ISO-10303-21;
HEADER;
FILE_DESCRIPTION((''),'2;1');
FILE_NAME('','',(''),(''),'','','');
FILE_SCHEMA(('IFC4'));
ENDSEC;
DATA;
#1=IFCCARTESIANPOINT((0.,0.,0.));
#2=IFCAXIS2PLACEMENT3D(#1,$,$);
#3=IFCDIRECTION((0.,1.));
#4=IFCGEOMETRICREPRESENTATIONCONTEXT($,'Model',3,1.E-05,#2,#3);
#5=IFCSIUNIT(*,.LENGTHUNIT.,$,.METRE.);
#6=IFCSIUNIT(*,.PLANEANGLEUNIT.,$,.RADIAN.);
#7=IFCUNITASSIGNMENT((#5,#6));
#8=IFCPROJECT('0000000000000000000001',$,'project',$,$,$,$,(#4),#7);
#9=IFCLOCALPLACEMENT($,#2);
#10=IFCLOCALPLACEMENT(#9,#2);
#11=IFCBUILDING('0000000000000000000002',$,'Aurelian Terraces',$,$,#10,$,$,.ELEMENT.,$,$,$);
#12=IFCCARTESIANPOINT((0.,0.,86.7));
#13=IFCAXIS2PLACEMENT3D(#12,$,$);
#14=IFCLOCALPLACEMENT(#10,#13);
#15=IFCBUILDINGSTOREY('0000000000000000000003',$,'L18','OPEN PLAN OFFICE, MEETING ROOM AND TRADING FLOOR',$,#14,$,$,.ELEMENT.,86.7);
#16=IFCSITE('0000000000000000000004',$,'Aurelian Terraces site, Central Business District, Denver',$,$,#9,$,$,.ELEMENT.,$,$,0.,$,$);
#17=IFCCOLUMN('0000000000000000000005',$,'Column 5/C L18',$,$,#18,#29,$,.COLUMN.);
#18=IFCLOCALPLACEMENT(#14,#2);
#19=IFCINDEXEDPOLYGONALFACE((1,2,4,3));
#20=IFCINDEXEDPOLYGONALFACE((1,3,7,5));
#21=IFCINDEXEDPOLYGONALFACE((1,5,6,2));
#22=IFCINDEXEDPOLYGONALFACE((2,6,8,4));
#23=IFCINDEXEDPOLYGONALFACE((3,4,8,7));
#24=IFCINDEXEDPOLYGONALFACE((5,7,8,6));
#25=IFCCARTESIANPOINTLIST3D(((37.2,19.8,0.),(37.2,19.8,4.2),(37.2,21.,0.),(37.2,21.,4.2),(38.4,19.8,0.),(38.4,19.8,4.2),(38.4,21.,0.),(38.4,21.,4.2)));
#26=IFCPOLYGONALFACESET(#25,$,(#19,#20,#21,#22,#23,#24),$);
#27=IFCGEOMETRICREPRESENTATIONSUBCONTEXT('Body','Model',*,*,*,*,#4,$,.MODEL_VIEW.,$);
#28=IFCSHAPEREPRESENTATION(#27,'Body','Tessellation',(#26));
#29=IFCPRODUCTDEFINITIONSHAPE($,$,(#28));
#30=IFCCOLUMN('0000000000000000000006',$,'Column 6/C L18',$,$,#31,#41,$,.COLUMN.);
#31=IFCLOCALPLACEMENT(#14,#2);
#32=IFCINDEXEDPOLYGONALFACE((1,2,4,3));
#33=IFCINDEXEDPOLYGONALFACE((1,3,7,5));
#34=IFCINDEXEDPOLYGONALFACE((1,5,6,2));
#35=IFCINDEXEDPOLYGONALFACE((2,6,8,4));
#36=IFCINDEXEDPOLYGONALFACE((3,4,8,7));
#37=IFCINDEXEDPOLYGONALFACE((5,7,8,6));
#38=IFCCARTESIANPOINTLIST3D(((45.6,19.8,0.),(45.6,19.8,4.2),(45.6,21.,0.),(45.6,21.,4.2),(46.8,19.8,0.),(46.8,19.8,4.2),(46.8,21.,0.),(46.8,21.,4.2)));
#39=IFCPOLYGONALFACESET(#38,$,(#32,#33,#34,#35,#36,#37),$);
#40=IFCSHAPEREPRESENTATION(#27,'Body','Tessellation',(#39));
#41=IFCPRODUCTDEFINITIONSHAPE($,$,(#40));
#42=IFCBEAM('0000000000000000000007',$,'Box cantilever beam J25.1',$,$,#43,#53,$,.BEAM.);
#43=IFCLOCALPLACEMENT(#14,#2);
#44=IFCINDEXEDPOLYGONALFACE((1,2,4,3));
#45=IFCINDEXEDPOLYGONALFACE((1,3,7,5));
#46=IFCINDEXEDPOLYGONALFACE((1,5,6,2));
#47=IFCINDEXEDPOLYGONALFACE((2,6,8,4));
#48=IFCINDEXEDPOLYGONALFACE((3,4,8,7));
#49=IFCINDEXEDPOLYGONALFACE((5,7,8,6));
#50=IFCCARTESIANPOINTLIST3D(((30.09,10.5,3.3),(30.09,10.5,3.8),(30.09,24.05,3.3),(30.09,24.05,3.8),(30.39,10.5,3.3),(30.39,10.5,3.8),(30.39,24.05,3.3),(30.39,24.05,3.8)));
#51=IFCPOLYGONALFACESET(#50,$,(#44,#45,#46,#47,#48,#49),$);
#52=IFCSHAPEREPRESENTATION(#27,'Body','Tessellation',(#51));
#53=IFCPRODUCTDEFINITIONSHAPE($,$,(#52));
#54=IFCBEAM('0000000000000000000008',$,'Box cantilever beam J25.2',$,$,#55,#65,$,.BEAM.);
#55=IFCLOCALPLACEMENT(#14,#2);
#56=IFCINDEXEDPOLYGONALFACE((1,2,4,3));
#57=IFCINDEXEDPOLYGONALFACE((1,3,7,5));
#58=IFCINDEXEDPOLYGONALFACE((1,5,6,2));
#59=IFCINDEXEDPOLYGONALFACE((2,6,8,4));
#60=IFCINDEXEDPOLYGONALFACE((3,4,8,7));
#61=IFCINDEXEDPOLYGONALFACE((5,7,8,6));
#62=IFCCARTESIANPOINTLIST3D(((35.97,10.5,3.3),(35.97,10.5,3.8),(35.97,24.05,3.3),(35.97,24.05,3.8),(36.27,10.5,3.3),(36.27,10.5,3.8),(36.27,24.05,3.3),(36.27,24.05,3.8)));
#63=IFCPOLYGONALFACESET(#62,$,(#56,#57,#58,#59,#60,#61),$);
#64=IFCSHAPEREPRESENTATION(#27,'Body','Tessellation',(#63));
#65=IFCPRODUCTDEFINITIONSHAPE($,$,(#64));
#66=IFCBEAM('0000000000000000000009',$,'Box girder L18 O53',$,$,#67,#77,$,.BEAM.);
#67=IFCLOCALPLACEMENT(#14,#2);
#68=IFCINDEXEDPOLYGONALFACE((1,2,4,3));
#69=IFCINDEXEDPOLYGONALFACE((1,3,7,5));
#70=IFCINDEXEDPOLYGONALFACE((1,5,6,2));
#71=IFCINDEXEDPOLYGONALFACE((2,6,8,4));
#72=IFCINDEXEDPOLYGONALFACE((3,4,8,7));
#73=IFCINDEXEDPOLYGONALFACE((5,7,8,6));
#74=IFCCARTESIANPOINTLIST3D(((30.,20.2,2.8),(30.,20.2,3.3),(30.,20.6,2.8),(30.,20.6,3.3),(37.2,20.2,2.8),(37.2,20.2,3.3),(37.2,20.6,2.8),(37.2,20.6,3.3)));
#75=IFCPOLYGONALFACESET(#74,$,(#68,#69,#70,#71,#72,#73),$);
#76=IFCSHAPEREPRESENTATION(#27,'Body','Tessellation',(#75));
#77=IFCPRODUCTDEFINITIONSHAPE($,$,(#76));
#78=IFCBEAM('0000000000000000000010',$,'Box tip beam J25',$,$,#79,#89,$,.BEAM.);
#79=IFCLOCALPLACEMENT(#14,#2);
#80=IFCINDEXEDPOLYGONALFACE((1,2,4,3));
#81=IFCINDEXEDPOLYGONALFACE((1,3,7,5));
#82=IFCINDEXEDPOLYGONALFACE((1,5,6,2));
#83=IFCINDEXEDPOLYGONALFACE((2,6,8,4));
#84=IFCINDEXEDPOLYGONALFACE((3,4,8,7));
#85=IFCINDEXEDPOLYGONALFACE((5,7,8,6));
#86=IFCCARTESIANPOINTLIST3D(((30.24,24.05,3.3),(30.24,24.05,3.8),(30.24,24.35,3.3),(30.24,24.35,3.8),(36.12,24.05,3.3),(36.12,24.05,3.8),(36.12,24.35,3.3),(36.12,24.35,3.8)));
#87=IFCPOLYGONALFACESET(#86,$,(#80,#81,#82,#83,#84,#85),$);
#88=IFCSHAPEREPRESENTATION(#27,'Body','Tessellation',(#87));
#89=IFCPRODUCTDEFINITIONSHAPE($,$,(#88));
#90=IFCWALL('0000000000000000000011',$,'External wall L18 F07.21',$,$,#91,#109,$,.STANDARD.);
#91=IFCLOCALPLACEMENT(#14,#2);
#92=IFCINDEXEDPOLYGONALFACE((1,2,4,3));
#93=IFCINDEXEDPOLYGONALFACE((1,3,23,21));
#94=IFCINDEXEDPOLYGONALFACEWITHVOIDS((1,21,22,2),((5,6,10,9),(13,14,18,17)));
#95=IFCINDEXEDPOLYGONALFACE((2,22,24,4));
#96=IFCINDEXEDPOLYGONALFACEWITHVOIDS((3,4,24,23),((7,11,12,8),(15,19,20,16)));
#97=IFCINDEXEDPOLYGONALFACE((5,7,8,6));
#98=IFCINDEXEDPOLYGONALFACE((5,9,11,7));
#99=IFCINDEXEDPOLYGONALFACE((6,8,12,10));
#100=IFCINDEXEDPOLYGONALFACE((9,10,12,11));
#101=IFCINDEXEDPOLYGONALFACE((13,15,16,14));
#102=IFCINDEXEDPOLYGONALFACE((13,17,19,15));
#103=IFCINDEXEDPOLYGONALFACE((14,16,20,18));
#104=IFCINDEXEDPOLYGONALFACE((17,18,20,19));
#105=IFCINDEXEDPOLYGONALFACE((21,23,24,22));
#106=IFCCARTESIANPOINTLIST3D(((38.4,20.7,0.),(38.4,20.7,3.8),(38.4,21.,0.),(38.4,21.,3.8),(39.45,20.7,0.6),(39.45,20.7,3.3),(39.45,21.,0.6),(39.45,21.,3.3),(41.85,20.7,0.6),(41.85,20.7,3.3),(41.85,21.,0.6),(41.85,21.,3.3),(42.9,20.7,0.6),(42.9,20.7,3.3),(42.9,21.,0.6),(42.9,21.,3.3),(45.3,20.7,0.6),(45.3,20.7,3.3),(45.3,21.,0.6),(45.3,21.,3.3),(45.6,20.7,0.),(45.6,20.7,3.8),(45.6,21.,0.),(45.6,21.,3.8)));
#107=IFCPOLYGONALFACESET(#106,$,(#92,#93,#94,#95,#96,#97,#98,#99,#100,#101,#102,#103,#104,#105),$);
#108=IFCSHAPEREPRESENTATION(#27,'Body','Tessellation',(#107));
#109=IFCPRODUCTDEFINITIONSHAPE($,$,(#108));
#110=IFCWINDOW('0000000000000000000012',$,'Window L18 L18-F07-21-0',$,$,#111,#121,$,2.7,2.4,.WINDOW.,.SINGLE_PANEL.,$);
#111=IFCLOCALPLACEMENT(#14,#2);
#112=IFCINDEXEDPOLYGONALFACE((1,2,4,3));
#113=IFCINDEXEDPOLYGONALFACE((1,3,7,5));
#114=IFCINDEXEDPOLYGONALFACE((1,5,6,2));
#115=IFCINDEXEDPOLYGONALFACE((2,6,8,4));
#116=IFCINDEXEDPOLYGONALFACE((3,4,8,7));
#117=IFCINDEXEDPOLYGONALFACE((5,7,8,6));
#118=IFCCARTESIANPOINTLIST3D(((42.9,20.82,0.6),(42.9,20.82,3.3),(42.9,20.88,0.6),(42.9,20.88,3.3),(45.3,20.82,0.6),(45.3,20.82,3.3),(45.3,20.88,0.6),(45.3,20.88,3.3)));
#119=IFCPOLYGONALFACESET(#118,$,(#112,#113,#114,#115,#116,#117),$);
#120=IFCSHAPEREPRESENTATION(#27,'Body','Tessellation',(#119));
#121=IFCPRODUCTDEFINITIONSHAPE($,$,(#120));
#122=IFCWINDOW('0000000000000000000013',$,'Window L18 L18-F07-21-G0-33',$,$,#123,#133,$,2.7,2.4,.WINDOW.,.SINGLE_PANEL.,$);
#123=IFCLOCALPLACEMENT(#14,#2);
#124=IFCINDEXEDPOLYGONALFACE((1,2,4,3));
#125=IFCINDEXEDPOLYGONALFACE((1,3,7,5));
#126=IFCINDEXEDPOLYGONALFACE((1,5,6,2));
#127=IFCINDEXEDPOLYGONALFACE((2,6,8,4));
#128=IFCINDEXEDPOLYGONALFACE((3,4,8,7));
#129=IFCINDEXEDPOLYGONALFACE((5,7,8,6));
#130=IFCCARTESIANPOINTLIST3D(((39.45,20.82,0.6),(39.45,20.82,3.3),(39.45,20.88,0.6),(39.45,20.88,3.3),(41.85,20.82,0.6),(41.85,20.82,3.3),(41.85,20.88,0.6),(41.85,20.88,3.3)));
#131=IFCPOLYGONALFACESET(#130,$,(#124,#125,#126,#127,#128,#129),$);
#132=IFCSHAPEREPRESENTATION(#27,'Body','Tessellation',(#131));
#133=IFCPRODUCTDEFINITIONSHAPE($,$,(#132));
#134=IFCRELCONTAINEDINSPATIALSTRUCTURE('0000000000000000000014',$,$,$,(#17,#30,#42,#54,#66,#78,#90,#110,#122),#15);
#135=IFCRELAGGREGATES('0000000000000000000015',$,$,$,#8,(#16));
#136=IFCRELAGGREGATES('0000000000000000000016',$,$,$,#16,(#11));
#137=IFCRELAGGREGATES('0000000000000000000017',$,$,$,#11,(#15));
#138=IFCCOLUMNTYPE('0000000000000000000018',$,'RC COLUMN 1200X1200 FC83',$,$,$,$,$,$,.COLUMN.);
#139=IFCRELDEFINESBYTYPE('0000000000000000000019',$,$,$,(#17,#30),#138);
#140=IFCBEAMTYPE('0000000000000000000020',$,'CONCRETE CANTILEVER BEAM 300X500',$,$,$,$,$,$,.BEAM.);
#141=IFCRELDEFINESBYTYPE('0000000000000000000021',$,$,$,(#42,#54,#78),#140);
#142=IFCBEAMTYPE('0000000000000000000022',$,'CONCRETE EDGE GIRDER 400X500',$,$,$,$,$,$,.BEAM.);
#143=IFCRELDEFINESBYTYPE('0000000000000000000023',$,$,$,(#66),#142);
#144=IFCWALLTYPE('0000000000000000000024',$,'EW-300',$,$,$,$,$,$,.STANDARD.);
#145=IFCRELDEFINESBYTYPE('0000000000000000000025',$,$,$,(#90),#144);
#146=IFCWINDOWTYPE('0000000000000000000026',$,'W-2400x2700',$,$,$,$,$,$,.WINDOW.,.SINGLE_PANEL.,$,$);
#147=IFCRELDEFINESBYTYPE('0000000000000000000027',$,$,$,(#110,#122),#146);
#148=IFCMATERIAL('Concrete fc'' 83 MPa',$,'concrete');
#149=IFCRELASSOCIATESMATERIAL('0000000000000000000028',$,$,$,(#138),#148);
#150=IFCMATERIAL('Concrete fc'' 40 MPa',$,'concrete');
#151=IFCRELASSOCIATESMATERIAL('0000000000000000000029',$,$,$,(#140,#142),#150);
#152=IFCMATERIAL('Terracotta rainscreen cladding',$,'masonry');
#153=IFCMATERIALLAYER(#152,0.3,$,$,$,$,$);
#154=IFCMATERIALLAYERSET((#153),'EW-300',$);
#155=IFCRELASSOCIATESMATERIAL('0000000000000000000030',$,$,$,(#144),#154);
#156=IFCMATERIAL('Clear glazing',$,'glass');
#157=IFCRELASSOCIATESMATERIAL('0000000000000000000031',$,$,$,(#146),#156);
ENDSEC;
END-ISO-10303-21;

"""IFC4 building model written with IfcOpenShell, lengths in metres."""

from ifc_helpers import new_model, si_unit, direction, frame, frame_2d, origin, origin_2d, place, context, subcontext, project, spatial, rectangle, extrude, source, transform, mapped, material, layer, layer_set, material_profile, profile_set, type_object, element, fill, save


model = new_model("IFC4")

# Units and contexts
model_context = context("Model", 3, precision=1e-05, world=origin(), true_north=direction((0.0, 1.0)))
body_context = subcontext(model_context, "Body", "Model", "MODEL_VIEW")
ifc_project = project(units=[si_unit("LENGTHUNIT", "METRE"), si_unit("PLANEANGLEUNIT", "RADIAN")], contexts=[model_context])

# Site, building, storey
site_placement = place(None, origin())
site = spatial("IfcSite", under=ifc_project, at=site_placement, Name="Aurelian Terraces site, Central Business District, Denver", CompositionType="ELEMENT", RefElevation=0.0)
building_placement = place(site_placement, origin())
building = spatial("IfcBuilding", under=site, at=building_placement, Name="Aurelian Terraces", CompositionType="ELEMENT")
storey_placement = place(building_placement, frame((0.0, 0.0, 86.7)))
storey = spatial("IfcBuildingStorey", under=building, at=storey_placement, Name="L18", Description="OPEN PLAN OFFICE, MEETING ROOM AND TRADING FLOOR", CompositionType="ELEMENT", Elevation=86.7)

# Columns
ifc_material_1 = material(Name="Concrete fc' 83 MPa", Category="concrete")
ifc_material_profile_1 = material_profile(ifc_material_1, rectangle(XDim=1.2, YDim=1.2, at=origin_2d()))
ifc_profile_set_1 = profile_set([ifc_material_profile_1], Name="Concrete fc' 83 MPa")
column_type = type_object("IfcColumnType", Name="RC COLUMN 1200X1200 FC83", PredefinedType="COLUMN", material=ifc_profile_set_1)
shared_shape_1 = source(origin(), body_context, "Body", "SweptSolid", [
    extrude(rectangle(XDim=1.2, YDim=1.2, at=origin_2d()), origin(), (0.0, 0.0, 1.0), 4.2),
])
for number, where, z_axis, x_axis, name in (
    (1, (37.8, 20.4, 0.0), (0.0, 0.0, 1.0), (1.0, 0.0, 0.0), "Column 5/C L18"),
    (2, (46.2, 20.4, 0.0), (0.0, 0.0, 1.0), (1.0, 0.0, 0.0), "Column 6/C L18"),
):
    element("IfcColumn", number, at=place(storey_placement, frame(where, z_axis=z_axis, x_axis=x_axis)), inside=storey, type_object=column_type, Name=name, PredefinedType="COLUMN", context=body_context, shape_type="MappedRepresentation", body=[
        mapped(shared_shape_1, transform((0.0, 0.0, 0.0), scale=1.0)),
    ])

# Beams
ifc_material_2 = material(Name="Concrete fc' 40 MPa", Category="concrete")
ifc_material_profile_2 = material_profile(ifc_material_2, rectangle(XDim=0.3, YDim=0.5, at=origin_2d()))
ifc_profile_set_2 = profile_set([ifc_material_profile_2], Name="Concrete fc' 40 MPa")
beam_type_1 = type_object("IfcBeamType", Name="CONCRETE CANTILEVER BEAM 300X500", PredefinedType="BEAM", material=ifc_profile_set_2)
shared_shape_2 = source(origin(), body_context, "Body", "SweptSolid", [
    extrude(rectangle(XDim=0.3, YDim=0.5, at=origin_2d()), origin(), (0.0, 0.0, 1.0), 13.55),
])
for number, where, z_axis, x_axis, name in (
    (3, (30.24, 24.05, 3.55), (0.0, -1.0, 0.0), (1.0, 0.0, 0.0), "Box cantilever beam J25.1"),
    (4, (36.12, 24.05, 3.55), (0.0, -1.0, 0.0), (1.0, 0.0, 0.0), "Box cantilever beam J25.2"),
):
    element("IfcBeam", number, at=place(storey_placement, frame(where, z_axis=z_axis, x_axis=x_axis)), inside=storey, type_object=beam_type_1, Name=name, PredefinedType="BEAM", context=body_context, shape_type="MappedRepresentation", body=[
        mapped(shared_shape_2, transform((0.0, 0.0, 0.0), scale=1.0)),
    ])
ifc_material_profile_3 = material_profile(ifc_material_2, rectangle(XDim=0.4, YDim=0.5, at=origin_2d()))
ifc_profile_set_3 = profile_set([ifc_material_profile_3], Name="Concrete fc' 40 MPa")
beam_type_2 = type_object("IfcBeamType", Name="CONCRETE EDGE GIRDER 400X500", PredefinedType="BEAM", material=ifc_profile_set_3)
shared_shape_3 = source(origin(), body_context, "Body", "SweptSolid", [
    extrude(rectangle(XDim=0.4, YDim=0.5, at=origin_2d()), origin(), (0.0, 0.0, 1.0), 7.2),
])
beam_1_placement = place(storey_placement, frame((30.0, 20.4, 3.05), z_axis=(1.0, 0.0, 0.0), x_axis=(0.0, 1.0, 0.0)))
element("IfcBeam", 5, at=beam_1_placement, inside=storey, type_object=beam_type_2, Name="Box girder L18 O53", PredefinedType="BEAM", context=body_context, shape_type="MappedRepresentation", body=[
    mapped(shared_shape_3, transform((0.0, 0.0, 0.0), scale=1.0)),
])
shared_shape_4 = source(origin(), body_context, "Body", "SweptSolid", [
    extrude(rectangle(XDim=0.3, YDim=0.5, at=origin_2d()), origin(), (0.0, 0.0, 1.0), 5.88),
])
beam_2_placement = place(storey_placement, frame((30.24, 24.2, 3.55), z_axis=(1.0, 0.0, 0.0), x_axis=(0.0, 1.0, 0.0)))
element("IfcBeam", 6, at=beam_2_placement, inside=storey, type_object=beam_type_1, Name="Box tip beam J25", PredefinedType="BEAM", context=body_context, shape_type="MappedRepresentation", body=[
    mapped(shared_shape_4, transform((0.0, 0.0, 0.0), scale=1.0)),
])

# Wall, openings, windows
ifc_material_3 = material(Name="Terracotta rainscreen cladding", Category="masonry")
ifc_layer_1 = layer(ifc_material_3, 0.3)
ifc_layer_set_1 = layer_set([ifc_layer_1], Name="EW-300")
wall_type_1 = type_object("IfcWallType", Name="EW-300", PredefinedType="STANDARD", material=ifc_layer_set_1)
shared_shape_5 = source(origin(), body_context, "Body", "SweptSolid", [
    extrude(rectangle(XDim=7.2, YDim=0.3, at=frame_2d((3.6, 0.0))), origin(), (0.0, 0.0, 1.0), 3.8),
])
wall_1_placement = place(storey_placement, frame((45.6, 20.85, 0.0), z_axis=(0.0, 0.0, 1.0), x_axis=(-1.0, 0.0, 0.0)))
wall_1 = element("IfcWall", 7, at=wall_1_placement, inside=storey, type_object=wall_type_1, Name="External wall L18 F07.21", PredefinedType="STANDARD", context=body_context, shape_type="MappedRepresentation", body=[
    mapped(shared_shape_5, transform((0.0, 0.0, 0.0), scale=1.0)),
])
shared_shape_6 = source(origin(), body_context, "Body", "SweptSolid", [
    extrude(rectangle(XDim=2.4, YDim=2.7, at=frame_2d((1.2, 1.35))), frame((0.0, 0.16, 0.0), z_axis=(0.0, -1.0, 0.0), x_axis=(1.0, 0.0, 0.0)), (0.0, 0.0, 1.0), 0.32),
])
opening_1_placement = place(wall_1_placement, frame((0.3, 0.0, 0.6)))
opening_1 = element("IfcOpeningElement", 8, at=opening_1_placement, cuts=wall_1, PredefinedType="OPENING", context=body_context, shape_type="MappedRepresentation", body=[
    mapped(shared_shape_6, transform((0.0, 0.0, 0.0), scale=1.0)),
])
opening_2_placement = place(wall_1_placement, frame((3.75, 0.0, 0.6)))
opening_2 = element("IfcOpeningElement", 9, at=opening_2_placement, cuts=wall_1, PredefinedType="OPENING", context=body_context, shape_type="MappedRepresentation", body=[
    mapped(shared_shape_6, transform((0.0, 0.0, 0.0), scale=1.0)),
])
ifc_material_4 = material(Name="Clear glazing", Category="glass")
window_type_1 = type_object("IfcWindowType", Name="W-2400x2700", PartitioningType="SINGLE_PANEL", PredefinedType="WINDOW", material=ifc_material_4)
shared_shape_7 = source(origin(), body_context, "Body", "SweptSolid", [
    extrude(rectangle(XDim=2.4, YDim=2.7, at=frame_2d((1.2, 1.35))), frame((0.0, 0.03, 0.0), z_axis=(0.0, -1.0, 0.0), x_axis=(1.0, 0.0, 0.0)), (0.0, 0.0, 1.0), 0.06),
])
window_1_placement = place(opening_1_placement, origin())
window_1 = element("IfcWindow", 10, at=window_1_placement, inside=storey, type_object=window_type_1, Name="Window L18 L18-F07-21-0", OverallHeight=2.7, OverallWidth=2.4, PartitioningType="SINGLE_PANEL", PredefinedType="WINDOW", context=body_context, shape_type="MappedRepresentation", body=[
    mapped(shared_shape_7, transform((0.0, 0.0, 0.0), scale=1.0)),
])
fill(opening_1, window_1)
window_2_placement = place(opening_2_placement, origin())
window_2 = element("IfcWindow", 11, at=window_2_placement, inside=storey, type_object=window_type_1, Name="Window L18 L18-F07-21-G0-33", OverallHeight=2.7, OverallWidth=2.4, PartitioningType="SINGLE_PANEL", PredefinedType="WINDOW", context=body_context, shape_type="MappedRepresentation", body=[
    mapped(shared_shape_7, transform((0.0, 0.0, 0.0), scale=1.0)),
])
fill(opening_2, window_2)

save(model, "model.ifc")
